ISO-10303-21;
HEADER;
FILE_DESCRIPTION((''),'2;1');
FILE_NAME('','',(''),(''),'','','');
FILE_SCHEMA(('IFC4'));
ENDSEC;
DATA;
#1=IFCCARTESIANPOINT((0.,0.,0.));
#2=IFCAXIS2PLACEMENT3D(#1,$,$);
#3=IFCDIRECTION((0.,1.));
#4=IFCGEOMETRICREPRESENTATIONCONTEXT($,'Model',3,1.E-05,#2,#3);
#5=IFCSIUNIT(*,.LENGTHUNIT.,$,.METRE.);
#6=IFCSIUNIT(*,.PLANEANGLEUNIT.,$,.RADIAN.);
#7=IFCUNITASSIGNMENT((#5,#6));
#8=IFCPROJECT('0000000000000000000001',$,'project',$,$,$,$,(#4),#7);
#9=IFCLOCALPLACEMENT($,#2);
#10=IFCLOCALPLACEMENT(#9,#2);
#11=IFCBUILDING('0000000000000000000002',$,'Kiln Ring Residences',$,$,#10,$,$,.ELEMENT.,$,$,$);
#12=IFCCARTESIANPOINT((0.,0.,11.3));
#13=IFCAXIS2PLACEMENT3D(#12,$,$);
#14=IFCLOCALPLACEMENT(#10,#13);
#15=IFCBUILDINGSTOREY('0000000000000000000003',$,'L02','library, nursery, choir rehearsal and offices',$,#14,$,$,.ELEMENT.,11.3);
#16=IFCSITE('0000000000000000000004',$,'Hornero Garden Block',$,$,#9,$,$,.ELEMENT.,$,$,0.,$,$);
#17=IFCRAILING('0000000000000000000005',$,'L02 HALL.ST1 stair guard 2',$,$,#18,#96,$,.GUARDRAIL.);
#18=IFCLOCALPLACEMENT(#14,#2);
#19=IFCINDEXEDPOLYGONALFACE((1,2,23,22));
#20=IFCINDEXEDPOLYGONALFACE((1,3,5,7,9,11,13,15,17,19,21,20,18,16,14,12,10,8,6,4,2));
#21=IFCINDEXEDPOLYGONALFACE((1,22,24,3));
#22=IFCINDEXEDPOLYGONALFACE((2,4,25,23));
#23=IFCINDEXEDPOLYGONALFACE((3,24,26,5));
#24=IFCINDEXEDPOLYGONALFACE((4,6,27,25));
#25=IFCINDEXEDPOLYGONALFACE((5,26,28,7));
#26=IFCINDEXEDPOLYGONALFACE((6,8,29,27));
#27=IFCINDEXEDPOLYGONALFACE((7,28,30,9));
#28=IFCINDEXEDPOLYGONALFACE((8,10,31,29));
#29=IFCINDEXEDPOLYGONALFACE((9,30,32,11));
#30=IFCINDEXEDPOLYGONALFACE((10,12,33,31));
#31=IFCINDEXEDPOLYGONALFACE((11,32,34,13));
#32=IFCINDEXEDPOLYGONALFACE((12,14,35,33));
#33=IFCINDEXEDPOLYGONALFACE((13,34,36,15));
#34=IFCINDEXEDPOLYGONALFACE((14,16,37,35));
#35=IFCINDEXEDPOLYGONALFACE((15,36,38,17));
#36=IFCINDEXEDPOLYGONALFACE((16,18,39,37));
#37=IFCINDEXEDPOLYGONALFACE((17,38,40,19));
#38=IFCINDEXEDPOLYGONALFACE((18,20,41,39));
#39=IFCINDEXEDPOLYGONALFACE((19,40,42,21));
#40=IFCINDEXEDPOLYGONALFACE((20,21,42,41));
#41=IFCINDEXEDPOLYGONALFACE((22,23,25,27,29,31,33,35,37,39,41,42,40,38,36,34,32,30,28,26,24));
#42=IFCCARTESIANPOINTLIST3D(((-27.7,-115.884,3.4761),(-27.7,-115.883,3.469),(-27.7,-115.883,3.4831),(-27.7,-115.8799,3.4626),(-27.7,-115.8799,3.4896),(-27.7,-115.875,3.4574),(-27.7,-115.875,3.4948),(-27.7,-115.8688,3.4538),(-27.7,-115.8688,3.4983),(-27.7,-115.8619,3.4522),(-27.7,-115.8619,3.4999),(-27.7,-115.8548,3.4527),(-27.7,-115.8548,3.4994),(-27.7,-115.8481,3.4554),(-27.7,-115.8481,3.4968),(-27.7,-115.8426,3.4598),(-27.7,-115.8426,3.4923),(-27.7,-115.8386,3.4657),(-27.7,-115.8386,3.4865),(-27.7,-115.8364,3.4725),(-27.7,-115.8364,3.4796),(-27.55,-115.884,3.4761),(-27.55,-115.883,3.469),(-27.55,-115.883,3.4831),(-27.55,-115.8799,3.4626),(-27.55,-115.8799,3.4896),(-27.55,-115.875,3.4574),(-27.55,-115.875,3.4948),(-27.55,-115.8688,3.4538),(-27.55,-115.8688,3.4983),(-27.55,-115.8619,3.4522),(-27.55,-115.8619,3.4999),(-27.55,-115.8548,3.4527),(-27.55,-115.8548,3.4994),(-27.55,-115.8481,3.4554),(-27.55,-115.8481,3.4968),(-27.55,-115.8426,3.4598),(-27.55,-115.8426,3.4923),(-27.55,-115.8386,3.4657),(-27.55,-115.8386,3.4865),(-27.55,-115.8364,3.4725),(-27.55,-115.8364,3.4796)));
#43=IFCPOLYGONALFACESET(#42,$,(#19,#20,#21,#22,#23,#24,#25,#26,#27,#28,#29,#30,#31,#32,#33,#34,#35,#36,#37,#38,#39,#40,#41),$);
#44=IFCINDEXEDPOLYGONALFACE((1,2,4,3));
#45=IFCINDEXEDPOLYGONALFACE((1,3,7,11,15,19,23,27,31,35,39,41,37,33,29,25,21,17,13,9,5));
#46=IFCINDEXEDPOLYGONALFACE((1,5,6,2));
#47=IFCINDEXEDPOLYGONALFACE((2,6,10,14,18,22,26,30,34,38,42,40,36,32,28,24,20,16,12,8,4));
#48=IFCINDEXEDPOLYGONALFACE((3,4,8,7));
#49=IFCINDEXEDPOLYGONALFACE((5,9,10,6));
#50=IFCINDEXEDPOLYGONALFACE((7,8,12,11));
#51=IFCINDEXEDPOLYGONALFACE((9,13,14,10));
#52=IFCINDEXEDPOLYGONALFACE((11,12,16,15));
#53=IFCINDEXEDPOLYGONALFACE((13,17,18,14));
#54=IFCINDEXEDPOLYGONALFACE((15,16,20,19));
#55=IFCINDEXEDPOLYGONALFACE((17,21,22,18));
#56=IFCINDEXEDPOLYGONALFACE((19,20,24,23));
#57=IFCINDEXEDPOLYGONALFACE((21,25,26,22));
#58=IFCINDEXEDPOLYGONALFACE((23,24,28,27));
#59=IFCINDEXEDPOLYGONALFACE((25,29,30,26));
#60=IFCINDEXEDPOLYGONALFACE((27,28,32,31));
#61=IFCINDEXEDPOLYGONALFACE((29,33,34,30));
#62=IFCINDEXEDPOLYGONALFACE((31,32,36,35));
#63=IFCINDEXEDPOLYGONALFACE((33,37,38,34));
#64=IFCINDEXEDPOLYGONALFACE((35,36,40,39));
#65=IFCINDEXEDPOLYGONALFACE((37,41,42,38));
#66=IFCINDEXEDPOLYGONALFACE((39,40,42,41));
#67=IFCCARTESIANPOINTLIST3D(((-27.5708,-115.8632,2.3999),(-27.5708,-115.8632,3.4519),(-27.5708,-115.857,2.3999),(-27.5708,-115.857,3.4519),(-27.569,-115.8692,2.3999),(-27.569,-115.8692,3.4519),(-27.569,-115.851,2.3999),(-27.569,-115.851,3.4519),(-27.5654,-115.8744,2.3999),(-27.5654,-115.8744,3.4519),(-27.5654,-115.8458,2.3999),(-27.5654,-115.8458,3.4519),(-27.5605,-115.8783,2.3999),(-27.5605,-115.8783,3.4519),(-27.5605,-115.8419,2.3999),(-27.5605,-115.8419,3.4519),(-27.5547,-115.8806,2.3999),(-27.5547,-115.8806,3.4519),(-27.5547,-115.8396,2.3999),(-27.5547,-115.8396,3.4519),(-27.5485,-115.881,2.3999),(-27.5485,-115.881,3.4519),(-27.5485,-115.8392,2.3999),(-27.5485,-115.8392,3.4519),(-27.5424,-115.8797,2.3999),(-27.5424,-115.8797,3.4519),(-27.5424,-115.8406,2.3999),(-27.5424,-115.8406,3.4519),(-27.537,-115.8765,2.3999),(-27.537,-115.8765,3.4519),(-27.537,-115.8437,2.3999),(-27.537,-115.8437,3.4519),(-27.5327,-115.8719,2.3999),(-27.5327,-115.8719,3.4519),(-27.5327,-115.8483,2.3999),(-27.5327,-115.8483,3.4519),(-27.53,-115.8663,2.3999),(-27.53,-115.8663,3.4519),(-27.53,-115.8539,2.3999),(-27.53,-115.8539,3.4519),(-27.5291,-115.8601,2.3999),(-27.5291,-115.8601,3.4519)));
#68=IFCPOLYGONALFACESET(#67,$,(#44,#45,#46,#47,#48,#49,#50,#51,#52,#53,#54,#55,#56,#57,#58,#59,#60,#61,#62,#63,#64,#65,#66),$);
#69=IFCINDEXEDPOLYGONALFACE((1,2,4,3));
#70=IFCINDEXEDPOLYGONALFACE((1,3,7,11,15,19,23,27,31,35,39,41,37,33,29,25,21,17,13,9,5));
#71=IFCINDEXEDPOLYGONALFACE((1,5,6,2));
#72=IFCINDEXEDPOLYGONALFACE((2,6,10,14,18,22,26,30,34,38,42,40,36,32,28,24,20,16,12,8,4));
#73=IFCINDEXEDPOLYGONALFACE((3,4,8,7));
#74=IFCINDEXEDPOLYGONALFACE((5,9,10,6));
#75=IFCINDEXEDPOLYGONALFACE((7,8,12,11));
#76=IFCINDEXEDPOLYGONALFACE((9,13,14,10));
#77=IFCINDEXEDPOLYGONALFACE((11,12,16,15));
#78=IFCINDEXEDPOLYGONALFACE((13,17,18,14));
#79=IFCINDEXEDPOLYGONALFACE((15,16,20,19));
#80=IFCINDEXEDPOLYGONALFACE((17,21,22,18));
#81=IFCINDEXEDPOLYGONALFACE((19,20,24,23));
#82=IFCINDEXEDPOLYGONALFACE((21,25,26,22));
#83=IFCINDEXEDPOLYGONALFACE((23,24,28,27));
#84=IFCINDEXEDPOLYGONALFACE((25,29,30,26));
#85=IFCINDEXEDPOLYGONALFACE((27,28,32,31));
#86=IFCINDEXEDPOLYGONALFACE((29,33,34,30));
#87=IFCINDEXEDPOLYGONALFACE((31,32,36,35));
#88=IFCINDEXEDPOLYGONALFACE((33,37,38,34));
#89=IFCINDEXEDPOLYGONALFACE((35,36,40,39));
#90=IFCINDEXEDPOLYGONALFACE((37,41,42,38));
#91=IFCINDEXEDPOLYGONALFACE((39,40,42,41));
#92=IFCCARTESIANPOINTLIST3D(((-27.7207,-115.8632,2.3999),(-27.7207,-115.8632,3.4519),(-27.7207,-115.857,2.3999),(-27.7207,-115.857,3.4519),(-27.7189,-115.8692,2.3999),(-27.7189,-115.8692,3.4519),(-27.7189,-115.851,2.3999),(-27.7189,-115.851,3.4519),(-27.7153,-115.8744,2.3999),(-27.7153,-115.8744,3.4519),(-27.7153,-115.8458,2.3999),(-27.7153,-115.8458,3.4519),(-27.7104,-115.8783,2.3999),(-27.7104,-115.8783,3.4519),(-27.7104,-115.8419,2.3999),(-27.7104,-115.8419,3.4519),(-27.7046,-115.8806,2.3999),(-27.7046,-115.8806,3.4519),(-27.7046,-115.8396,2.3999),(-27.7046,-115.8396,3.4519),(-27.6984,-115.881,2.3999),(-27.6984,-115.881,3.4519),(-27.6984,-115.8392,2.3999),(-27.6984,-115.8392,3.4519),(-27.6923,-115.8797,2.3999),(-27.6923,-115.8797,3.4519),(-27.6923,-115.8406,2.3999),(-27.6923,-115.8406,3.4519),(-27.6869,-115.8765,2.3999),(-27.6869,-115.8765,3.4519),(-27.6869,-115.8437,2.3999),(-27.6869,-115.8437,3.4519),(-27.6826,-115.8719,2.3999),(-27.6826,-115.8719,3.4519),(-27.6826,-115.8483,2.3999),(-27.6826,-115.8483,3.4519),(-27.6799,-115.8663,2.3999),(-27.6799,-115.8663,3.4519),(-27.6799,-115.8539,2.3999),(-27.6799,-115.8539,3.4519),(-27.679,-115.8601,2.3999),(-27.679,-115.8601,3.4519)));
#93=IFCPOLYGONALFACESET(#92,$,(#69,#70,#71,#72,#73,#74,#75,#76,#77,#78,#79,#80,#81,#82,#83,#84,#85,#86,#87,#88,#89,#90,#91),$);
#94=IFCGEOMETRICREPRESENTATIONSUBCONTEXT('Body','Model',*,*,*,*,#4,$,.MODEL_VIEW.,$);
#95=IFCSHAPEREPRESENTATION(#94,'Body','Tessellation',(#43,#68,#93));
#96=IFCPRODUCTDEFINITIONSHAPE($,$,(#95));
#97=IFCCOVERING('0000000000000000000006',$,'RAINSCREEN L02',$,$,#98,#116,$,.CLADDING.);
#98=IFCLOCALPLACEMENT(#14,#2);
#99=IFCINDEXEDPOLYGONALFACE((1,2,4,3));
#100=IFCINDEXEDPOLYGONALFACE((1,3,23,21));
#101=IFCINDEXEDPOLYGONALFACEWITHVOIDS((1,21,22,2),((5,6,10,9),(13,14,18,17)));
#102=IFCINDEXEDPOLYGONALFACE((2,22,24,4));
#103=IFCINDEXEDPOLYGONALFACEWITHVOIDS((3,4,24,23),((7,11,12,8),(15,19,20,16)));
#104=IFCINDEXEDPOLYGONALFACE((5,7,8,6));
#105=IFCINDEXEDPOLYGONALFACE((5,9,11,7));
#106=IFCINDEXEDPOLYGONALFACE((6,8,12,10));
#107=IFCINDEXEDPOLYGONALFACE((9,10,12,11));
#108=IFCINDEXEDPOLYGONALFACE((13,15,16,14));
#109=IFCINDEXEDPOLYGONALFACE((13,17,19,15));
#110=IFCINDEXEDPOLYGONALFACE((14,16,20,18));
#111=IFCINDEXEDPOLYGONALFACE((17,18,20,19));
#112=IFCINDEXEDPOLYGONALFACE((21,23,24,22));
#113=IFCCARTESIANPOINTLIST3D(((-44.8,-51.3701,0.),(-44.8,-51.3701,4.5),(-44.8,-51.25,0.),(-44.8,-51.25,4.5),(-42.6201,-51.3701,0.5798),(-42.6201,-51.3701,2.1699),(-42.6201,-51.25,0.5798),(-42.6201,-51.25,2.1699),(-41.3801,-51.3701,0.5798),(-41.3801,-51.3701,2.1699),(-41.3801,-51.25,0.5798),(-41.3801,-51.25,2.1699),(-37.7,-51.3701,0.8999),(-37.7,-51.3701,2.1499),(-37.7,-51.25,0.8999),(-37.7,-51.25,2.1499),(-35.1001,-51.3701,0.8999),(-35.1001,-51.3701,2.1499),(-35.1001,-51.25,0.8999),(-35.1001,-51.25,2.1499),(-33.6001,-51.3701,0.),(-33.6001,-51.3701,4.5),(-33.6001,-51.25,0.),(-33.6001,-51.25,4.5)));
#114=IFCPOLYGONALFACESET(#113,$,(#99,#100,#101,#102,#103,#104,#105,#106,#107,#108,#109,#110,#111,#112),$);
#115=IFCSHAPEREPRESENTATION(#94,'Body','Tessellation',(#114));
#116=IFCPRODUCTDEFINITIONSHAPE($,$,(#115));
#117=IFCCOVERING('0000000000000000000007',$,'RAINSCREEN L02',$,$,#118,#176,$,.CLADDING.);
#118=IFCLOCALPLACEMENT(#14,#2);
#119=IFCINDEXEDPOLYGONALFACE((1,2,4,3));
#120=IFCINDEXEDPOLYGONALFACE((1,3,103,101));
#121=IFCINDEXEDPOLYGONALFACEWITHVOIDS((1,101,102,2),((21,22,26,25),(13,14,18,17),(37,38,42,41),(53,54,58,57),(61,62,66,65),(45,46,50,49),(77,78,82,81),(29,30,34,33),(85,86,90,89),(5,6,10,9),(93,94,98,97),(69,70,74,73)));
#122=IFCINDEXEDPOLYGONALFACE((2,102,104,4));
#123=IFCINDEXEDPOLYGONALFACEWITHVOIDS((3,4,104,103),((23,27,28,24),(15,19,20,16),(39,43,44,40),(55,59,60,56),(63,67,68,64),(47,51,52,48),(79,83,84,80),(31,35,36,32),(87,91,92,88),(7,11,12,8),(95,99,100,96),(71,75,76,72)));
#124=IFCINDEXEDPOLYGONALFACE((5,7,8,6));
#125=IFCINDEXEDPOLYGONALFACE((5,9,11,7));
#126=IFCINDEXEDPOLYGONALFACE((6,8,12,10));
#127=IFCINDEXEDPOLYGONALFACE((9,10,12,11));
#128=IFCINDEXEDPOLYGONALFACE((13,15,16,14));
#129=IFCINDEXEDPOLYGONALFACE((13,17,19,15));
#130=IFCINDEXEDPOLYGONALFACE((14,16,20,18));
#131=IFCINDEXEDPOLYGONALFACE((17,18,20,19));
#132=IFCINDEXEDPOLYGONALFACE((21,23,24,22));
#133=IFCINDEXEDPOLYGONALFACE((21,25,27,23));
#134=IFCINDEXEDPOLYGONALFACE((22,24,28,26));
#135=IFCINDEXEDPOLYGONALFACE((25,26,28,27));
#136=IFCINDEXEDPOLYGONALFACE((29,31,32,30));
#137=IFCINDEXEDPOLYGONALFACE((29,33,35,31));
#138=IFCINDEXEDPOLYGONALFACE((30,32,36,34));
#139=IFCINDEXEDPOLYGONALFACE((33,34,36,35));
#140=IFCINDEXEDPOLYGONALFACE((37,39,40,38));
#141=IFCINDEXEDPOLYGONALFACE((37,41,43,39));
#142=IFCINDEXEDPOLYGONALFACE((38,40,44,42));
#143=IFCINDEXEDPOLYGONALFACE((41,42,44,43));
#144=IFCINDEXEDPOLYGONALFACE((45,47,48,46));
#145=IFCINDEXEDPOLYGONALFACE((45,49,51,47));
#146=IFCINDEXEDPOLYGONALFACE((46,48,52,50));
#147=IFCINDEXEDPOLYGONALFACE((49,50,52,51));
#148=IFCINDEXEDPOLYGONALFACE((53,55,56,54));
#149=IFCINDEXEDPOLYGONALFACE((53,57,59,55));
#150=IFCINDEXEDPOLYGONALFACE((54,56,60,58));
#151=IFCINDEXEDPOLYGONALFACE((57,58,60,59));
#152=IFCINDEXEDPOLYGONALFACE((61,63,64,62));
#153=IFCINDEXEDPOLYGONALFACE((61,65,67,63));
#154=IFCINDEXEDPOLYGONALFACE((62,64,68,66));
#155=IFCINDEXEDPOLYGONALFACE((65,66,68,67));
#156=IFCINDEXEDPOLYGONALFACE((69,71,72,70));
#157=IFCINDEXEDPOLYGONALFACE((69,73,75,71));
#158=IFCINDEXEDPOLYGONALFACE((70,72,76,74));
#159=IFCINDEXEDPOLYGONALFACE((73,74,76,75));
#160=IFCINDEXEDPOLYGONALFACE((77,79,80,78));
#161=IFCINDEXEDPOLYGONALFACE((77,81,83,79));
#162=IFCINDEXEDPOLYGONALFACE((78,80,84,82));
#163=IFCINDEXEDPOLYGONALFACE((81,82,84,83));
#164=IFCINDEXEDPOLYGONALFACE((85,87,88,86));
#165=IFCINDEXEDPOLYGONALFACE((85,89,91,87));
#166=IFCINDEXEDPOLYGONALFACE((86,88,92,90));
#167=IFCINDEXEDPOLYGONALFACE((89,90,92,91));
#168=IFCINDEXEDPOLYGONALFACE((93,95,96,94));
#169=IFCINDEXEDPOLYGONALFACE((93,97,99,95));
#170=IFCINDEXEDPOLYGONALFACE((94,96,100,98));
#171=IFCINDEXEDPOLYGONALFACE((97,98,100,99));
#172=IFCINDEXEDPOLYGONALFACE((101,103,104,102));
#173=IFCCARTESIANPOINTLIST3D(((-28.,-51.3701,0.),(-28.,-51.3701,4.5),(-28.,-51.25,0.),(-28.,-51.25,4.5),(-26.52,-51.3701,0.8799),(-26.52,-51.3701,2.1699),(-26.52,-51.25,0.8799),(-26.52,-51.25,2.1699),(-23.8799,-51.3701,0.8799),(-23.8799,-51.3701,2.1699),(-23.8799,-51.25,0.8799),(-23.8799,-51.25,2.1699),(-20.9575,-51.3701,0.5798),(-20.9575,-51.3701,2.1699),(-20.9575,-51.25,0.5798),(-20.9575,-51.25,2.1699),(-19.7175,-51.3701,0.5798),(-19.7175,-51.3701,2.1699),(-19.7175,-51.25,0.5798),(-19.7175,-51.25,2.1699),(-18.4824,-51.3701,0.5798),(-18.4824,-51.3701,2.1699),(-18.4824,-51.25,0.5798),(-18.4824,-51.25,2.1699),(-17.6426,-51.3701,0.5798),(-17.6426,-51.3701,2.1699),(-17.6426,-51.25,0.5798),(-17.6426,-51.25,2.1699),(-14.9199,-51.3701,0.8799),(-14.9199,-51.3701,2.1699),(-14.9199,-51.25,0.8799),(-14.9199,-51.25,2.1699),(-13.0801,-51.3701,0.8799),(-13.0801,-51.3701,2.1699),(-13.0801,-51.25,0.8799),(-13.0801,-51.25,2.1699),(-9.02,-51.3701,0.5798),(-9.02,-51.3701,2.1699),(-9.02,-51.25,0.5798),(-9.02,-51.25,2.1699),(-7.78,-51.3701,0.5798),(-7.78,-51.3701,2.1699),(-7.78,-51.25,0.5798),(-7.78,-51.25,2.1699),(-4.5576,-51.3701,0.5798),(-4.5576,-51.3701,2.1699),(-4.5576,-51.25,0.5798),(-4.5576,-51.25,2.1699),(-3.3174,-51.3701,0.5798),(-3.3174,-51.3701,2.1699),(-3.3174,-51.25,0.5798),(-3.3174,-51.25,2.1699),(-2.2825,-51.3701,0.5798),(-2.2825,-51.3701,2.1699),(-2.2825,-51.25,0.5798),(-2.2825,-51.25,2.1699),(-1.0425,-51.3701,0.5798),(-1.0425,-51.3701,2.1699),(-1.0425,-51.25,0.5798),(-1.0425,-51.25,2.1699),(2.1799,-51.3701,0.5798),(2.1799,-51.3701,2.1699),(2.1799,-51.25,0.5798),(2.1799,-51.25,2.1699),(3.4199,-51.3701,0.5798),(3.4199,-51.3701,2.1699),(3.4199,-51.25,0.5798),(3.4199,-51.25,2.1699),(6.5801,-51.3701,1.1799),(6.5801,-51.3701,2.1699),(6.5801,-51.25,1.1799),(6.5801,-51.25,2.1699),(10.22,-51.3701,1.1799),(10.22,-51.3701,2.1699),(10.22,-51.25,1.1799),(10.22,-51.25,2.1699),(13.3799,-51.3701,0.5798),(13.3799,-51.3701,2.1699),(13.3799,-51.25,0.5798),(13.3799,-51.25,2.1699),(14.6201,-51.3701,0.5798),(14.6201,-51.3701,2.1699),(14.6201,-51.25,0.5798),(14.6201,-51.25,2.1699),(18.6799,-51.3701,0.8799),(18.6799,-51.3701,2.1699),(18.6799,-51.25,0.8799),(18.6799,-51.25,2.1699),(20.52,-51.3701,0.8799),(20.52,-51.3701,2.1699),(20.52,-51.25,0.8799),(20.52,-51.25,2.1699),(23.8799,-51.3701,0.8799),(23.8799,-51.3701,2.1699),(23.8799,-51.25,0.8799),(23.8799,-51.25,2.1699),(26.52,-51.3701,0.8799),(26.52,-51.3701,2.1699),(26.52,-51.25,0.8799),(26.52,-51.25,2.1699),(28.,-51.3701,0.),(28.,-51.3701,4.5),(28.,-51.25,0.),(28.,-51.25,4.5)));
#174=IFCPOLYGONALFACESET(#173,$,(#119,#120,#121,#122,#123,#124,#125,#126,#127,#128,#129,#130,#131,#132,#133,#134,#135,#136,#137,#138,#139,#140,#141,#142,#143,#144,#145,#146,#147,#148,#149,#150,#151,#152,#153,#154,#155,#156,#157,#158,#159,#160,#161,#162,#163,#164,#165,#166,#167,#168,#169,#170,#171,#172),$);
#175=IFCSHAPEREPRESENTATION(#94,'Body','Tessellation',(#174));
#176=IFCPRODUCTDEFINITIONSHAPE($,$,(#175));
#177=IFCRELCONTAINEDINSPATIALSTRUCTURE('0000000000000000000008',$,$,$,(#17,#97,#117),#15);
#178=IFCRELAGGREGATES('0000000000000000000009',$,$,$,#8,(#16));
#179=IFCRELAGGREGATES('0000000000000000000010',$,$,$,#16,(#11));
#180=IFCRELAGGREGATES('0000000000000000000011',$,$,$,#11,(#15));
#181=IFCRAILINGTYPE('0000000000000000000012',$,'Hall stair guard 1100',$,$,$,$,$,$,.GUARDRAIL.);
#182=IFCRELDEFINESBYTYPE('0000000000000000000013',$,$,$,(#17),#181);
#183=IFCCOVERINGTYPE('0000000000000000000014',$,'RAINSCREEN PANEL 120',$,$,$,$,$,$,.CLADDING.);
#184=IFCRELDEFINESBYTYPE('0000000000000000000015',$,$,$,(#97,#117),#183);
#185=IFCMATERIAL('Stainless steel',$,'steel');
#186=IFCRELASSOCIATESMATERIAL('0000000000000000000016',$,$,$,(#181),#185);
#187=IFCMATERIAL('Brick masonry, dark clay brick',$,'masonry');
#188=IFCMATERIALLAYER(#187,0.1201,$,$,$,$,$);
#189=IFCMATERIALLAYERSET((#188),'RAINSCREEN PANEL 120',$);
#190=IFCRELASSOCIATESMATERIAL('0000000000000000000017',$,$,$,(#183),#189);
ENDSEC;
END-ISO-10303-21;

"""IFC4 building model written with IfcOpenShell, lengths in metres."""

from ifc_helpers import new_model, si_unit, direction, frame, origin, origin_2d, place, context, subcontext, project, spatial, polyline, circle, outline, extrude, material, layer, layer_set, type_object, element, save


model = new_model("IFC4")

# Units and contexts
model_context = context("Model", 3, precision=1e-05, world=origin(), true_north=direction((0.0, 1.0)))
body_context = subcontext(model_context, "Body", "Model", "MODEL_VIEW")
ifc_project = project(units=[si_unit("LENGTHUNIT", "METRE"), si_unit("PLANEANGLEUNIT", "RADIAN")], contexts=[model_context])

# Site, building, storey
site_placement = place(None, origin())
site = spatial("IfcSite", under=ifc_project, at=site_placement, Name="Hornero Garden Block", CompositionType="ELEMENT", RefElevation=0.0)
building_placement = place(site_placement, origin())
building = spatial("IfcBuilding", under=site, at=building_placement, Name="Kiln Ring Residences", CompositionType="ELEMENT")
storey_placement = place(building_placement, frame((0.0, 0.0, 11.3)))
storey = spatial("IfcBuildingStorey", under=building, at=storey_placement, Name="L02", Description="library, nursery, choir rehearsal and offices", CompositionType="ELEMENT", Elevation=11.3)

# Railing
ifc_material_1 = material(Name="Stainless steel", Category="steel")
railing_type = type_object("IfcRailingType", Name="Hall stair guard 1100", PredefinedType="GUARDRAIL", material=ifc_material_1)
railing_placement = place(storey_placement, frame((-27.55, -115.8601, 2.3999)))
element("IfcRailing", 1, at=railing_placement, inside=storey, type_object=railing_type, Name="L02 HALL.ST1 stair guard 2", PredefinedType="GUARDRAIL", context=body_context, shape_type="SweptSolid", body=[
    extrude(circle(Radius=0.0239, at=origin_2d()), frame((0.0, 0.0, 1.0762), z_axis=(-1.0, 0.0, 0.0), x_axis=(0.0, -1.0, 0.0)), (0.0, 0.0, 1.0), 0.1499),
    extrude(circle(Radius=0.021, at=origin_2d()), origin(), (0.0, 0.0, 1.0), 1.052),
    extrude(circle(Radius=0.021, at=origin_2d()), frame((-0.1499, 0.0, 0.0)), (0.0, 0.0, 1.0), 1.052),
])

# Coverings
ifc_material_2 = material(Name="Brick masonry, dark clay brick", Category="masonry")
ifc_layer_1 = layer(ifc_material_2, 0.1201)
ifc_layer_set_1 = layer_set([ifc_layer_1], Name="RAINSCREEN PANEL 120")
covering_type = type_object("IfcCoveringType", Name="RAINSCREEN PANEL 120", PredefinedType="CLADDING", material=ifc_layer_set_1)
covering_1_placement = place(storey_placement, frame((-44.8, -51.3101, 0.0), z_axis=(0.0, 0.0, 1.0), x_axis=(1.0, 0.0, 0.0)))
element("IfcCovering", 2, at=covering_1_placement, inside=storey, type_object=covering_type, Name="RAINSCREEN L02", PredefinedType="CLADDING", context=body_context, shape_type="SweptSolid", body=[
    extrude(outline(polyline([(0.0, 0.0), (11.2, 0.0), (11.2, 4.5), (0.0, 4.5), (0.0, 0.0)]), holes=[polyline([(3.4199, 2.1699), (2.1799, 2.1699), (2.1799, 0.5798), (3.4199, 0.5798), (3.4199, 2.1699)]), polyline([(9.7, 2.1499), (7.1001, 2.1499), (7.1001, 0.8999), (9.7, 0.8999), (9.7, 2.1499)])]), frame((0.0, 0.0601, 0.0), z_axis=(0.0, -1.0, 0.0), x_axis=(1.0, 0.0, 0.0)), (0.0, 0.0, 1.0), 0.1201),
])
covering_2_placement = place(storey_placement, frame((-28.0, -51.3101, 0.0), z_axis=(0.0, 0.0, 1.0), x_axis=(1.0, 0.0, 0.0)))
element("IfcCovering", 3, at=covering_2_placement, inside=storey, type_object=covering_type, Name="RAINSCREEN L02", PredefinedType="CLADDING", context=body_context, shape_type="SweptSolid", body=[
    extrude(outline(polyline([(0.0, 0.0), (56.0, 0.0), (56.0, 4.5), (0.0, 4.5), (0.0, 0.0)]), holes=[polyline([(7.0425, 0.5798), (8.2825, 0.5798), (8.2825, 2.1699), (7.0425, 2.1699), (7.0425, 0.5798)]), polyline([(9.5176, 2.1699), (9.5176, 0.5798), (10.3574, 0.5798), (10.3574, 2.1699), (9.5176, 2.1699)]), polyline([(18.98, 2.1699), (18.98, 0.5798), (20.22, 0.5798), (20.22, 2.1699), (18.98, 2.1699)]), polyline([(23.4424, 0.5798), (24.6826, 0.5798), (24.6826, 2.1699), (23.4424, 2.1699), (23.4424, 0.5798)]), polyline([(1.48, 2.1699), (1.48, 0.8799), (4.1201, 0.8799), (4.1201, 2.1699), (1.48, 2.1699)]), polyline([(13.0801, 2.1699), (13.0801, 0.8799), (14.9199, 0.8799), (14.9199, 2.1699), (13.0801, 2.1699)]), polyline([(25.7175, 0.5798), (26.9575, 0.5798), (26.9575, 2.1699), (25.7175, 2.1699), (25.7175, 0.5798)]), polyline([(30.1799, 2.1699), (30.1799, 0.5798), (31.4199, 0.5798), (31.4199, 2.1699), (30.1799, 2.1699)]), polyline([(41.3799, 2.1699), (41.3799, 0.5798), (42.6201, 0.5798), (42.6201, 2.1699), (41.3799, 2.1699)]), polyline([(46.6799, 0.8799), (48.52, 0.8799), (48.52, 2.1699), (46.6799, 2.1699), (46.6799, 0.8799)]), polyline([(51.8799, 2.1699), (51.8799, 0.8799), (54.52, 0.8799), (54.52, 2.1699), (51.8799, 2.1699)]), polyline([(34.5801, 2.1699), (34.5801, 1.1799), (38.22, 1.1799), (38.22, 2.1699), (34.5801, 2.1699)])]), frame((0.0, 0.0601, 0.0), z_axis=(0.0, -1.0, 0.0), x_axis=(1.0, 0.0, 0.0)), (0.0, 0.0, 1.0), 0.1201),
])

save(model, "model.ifc")
